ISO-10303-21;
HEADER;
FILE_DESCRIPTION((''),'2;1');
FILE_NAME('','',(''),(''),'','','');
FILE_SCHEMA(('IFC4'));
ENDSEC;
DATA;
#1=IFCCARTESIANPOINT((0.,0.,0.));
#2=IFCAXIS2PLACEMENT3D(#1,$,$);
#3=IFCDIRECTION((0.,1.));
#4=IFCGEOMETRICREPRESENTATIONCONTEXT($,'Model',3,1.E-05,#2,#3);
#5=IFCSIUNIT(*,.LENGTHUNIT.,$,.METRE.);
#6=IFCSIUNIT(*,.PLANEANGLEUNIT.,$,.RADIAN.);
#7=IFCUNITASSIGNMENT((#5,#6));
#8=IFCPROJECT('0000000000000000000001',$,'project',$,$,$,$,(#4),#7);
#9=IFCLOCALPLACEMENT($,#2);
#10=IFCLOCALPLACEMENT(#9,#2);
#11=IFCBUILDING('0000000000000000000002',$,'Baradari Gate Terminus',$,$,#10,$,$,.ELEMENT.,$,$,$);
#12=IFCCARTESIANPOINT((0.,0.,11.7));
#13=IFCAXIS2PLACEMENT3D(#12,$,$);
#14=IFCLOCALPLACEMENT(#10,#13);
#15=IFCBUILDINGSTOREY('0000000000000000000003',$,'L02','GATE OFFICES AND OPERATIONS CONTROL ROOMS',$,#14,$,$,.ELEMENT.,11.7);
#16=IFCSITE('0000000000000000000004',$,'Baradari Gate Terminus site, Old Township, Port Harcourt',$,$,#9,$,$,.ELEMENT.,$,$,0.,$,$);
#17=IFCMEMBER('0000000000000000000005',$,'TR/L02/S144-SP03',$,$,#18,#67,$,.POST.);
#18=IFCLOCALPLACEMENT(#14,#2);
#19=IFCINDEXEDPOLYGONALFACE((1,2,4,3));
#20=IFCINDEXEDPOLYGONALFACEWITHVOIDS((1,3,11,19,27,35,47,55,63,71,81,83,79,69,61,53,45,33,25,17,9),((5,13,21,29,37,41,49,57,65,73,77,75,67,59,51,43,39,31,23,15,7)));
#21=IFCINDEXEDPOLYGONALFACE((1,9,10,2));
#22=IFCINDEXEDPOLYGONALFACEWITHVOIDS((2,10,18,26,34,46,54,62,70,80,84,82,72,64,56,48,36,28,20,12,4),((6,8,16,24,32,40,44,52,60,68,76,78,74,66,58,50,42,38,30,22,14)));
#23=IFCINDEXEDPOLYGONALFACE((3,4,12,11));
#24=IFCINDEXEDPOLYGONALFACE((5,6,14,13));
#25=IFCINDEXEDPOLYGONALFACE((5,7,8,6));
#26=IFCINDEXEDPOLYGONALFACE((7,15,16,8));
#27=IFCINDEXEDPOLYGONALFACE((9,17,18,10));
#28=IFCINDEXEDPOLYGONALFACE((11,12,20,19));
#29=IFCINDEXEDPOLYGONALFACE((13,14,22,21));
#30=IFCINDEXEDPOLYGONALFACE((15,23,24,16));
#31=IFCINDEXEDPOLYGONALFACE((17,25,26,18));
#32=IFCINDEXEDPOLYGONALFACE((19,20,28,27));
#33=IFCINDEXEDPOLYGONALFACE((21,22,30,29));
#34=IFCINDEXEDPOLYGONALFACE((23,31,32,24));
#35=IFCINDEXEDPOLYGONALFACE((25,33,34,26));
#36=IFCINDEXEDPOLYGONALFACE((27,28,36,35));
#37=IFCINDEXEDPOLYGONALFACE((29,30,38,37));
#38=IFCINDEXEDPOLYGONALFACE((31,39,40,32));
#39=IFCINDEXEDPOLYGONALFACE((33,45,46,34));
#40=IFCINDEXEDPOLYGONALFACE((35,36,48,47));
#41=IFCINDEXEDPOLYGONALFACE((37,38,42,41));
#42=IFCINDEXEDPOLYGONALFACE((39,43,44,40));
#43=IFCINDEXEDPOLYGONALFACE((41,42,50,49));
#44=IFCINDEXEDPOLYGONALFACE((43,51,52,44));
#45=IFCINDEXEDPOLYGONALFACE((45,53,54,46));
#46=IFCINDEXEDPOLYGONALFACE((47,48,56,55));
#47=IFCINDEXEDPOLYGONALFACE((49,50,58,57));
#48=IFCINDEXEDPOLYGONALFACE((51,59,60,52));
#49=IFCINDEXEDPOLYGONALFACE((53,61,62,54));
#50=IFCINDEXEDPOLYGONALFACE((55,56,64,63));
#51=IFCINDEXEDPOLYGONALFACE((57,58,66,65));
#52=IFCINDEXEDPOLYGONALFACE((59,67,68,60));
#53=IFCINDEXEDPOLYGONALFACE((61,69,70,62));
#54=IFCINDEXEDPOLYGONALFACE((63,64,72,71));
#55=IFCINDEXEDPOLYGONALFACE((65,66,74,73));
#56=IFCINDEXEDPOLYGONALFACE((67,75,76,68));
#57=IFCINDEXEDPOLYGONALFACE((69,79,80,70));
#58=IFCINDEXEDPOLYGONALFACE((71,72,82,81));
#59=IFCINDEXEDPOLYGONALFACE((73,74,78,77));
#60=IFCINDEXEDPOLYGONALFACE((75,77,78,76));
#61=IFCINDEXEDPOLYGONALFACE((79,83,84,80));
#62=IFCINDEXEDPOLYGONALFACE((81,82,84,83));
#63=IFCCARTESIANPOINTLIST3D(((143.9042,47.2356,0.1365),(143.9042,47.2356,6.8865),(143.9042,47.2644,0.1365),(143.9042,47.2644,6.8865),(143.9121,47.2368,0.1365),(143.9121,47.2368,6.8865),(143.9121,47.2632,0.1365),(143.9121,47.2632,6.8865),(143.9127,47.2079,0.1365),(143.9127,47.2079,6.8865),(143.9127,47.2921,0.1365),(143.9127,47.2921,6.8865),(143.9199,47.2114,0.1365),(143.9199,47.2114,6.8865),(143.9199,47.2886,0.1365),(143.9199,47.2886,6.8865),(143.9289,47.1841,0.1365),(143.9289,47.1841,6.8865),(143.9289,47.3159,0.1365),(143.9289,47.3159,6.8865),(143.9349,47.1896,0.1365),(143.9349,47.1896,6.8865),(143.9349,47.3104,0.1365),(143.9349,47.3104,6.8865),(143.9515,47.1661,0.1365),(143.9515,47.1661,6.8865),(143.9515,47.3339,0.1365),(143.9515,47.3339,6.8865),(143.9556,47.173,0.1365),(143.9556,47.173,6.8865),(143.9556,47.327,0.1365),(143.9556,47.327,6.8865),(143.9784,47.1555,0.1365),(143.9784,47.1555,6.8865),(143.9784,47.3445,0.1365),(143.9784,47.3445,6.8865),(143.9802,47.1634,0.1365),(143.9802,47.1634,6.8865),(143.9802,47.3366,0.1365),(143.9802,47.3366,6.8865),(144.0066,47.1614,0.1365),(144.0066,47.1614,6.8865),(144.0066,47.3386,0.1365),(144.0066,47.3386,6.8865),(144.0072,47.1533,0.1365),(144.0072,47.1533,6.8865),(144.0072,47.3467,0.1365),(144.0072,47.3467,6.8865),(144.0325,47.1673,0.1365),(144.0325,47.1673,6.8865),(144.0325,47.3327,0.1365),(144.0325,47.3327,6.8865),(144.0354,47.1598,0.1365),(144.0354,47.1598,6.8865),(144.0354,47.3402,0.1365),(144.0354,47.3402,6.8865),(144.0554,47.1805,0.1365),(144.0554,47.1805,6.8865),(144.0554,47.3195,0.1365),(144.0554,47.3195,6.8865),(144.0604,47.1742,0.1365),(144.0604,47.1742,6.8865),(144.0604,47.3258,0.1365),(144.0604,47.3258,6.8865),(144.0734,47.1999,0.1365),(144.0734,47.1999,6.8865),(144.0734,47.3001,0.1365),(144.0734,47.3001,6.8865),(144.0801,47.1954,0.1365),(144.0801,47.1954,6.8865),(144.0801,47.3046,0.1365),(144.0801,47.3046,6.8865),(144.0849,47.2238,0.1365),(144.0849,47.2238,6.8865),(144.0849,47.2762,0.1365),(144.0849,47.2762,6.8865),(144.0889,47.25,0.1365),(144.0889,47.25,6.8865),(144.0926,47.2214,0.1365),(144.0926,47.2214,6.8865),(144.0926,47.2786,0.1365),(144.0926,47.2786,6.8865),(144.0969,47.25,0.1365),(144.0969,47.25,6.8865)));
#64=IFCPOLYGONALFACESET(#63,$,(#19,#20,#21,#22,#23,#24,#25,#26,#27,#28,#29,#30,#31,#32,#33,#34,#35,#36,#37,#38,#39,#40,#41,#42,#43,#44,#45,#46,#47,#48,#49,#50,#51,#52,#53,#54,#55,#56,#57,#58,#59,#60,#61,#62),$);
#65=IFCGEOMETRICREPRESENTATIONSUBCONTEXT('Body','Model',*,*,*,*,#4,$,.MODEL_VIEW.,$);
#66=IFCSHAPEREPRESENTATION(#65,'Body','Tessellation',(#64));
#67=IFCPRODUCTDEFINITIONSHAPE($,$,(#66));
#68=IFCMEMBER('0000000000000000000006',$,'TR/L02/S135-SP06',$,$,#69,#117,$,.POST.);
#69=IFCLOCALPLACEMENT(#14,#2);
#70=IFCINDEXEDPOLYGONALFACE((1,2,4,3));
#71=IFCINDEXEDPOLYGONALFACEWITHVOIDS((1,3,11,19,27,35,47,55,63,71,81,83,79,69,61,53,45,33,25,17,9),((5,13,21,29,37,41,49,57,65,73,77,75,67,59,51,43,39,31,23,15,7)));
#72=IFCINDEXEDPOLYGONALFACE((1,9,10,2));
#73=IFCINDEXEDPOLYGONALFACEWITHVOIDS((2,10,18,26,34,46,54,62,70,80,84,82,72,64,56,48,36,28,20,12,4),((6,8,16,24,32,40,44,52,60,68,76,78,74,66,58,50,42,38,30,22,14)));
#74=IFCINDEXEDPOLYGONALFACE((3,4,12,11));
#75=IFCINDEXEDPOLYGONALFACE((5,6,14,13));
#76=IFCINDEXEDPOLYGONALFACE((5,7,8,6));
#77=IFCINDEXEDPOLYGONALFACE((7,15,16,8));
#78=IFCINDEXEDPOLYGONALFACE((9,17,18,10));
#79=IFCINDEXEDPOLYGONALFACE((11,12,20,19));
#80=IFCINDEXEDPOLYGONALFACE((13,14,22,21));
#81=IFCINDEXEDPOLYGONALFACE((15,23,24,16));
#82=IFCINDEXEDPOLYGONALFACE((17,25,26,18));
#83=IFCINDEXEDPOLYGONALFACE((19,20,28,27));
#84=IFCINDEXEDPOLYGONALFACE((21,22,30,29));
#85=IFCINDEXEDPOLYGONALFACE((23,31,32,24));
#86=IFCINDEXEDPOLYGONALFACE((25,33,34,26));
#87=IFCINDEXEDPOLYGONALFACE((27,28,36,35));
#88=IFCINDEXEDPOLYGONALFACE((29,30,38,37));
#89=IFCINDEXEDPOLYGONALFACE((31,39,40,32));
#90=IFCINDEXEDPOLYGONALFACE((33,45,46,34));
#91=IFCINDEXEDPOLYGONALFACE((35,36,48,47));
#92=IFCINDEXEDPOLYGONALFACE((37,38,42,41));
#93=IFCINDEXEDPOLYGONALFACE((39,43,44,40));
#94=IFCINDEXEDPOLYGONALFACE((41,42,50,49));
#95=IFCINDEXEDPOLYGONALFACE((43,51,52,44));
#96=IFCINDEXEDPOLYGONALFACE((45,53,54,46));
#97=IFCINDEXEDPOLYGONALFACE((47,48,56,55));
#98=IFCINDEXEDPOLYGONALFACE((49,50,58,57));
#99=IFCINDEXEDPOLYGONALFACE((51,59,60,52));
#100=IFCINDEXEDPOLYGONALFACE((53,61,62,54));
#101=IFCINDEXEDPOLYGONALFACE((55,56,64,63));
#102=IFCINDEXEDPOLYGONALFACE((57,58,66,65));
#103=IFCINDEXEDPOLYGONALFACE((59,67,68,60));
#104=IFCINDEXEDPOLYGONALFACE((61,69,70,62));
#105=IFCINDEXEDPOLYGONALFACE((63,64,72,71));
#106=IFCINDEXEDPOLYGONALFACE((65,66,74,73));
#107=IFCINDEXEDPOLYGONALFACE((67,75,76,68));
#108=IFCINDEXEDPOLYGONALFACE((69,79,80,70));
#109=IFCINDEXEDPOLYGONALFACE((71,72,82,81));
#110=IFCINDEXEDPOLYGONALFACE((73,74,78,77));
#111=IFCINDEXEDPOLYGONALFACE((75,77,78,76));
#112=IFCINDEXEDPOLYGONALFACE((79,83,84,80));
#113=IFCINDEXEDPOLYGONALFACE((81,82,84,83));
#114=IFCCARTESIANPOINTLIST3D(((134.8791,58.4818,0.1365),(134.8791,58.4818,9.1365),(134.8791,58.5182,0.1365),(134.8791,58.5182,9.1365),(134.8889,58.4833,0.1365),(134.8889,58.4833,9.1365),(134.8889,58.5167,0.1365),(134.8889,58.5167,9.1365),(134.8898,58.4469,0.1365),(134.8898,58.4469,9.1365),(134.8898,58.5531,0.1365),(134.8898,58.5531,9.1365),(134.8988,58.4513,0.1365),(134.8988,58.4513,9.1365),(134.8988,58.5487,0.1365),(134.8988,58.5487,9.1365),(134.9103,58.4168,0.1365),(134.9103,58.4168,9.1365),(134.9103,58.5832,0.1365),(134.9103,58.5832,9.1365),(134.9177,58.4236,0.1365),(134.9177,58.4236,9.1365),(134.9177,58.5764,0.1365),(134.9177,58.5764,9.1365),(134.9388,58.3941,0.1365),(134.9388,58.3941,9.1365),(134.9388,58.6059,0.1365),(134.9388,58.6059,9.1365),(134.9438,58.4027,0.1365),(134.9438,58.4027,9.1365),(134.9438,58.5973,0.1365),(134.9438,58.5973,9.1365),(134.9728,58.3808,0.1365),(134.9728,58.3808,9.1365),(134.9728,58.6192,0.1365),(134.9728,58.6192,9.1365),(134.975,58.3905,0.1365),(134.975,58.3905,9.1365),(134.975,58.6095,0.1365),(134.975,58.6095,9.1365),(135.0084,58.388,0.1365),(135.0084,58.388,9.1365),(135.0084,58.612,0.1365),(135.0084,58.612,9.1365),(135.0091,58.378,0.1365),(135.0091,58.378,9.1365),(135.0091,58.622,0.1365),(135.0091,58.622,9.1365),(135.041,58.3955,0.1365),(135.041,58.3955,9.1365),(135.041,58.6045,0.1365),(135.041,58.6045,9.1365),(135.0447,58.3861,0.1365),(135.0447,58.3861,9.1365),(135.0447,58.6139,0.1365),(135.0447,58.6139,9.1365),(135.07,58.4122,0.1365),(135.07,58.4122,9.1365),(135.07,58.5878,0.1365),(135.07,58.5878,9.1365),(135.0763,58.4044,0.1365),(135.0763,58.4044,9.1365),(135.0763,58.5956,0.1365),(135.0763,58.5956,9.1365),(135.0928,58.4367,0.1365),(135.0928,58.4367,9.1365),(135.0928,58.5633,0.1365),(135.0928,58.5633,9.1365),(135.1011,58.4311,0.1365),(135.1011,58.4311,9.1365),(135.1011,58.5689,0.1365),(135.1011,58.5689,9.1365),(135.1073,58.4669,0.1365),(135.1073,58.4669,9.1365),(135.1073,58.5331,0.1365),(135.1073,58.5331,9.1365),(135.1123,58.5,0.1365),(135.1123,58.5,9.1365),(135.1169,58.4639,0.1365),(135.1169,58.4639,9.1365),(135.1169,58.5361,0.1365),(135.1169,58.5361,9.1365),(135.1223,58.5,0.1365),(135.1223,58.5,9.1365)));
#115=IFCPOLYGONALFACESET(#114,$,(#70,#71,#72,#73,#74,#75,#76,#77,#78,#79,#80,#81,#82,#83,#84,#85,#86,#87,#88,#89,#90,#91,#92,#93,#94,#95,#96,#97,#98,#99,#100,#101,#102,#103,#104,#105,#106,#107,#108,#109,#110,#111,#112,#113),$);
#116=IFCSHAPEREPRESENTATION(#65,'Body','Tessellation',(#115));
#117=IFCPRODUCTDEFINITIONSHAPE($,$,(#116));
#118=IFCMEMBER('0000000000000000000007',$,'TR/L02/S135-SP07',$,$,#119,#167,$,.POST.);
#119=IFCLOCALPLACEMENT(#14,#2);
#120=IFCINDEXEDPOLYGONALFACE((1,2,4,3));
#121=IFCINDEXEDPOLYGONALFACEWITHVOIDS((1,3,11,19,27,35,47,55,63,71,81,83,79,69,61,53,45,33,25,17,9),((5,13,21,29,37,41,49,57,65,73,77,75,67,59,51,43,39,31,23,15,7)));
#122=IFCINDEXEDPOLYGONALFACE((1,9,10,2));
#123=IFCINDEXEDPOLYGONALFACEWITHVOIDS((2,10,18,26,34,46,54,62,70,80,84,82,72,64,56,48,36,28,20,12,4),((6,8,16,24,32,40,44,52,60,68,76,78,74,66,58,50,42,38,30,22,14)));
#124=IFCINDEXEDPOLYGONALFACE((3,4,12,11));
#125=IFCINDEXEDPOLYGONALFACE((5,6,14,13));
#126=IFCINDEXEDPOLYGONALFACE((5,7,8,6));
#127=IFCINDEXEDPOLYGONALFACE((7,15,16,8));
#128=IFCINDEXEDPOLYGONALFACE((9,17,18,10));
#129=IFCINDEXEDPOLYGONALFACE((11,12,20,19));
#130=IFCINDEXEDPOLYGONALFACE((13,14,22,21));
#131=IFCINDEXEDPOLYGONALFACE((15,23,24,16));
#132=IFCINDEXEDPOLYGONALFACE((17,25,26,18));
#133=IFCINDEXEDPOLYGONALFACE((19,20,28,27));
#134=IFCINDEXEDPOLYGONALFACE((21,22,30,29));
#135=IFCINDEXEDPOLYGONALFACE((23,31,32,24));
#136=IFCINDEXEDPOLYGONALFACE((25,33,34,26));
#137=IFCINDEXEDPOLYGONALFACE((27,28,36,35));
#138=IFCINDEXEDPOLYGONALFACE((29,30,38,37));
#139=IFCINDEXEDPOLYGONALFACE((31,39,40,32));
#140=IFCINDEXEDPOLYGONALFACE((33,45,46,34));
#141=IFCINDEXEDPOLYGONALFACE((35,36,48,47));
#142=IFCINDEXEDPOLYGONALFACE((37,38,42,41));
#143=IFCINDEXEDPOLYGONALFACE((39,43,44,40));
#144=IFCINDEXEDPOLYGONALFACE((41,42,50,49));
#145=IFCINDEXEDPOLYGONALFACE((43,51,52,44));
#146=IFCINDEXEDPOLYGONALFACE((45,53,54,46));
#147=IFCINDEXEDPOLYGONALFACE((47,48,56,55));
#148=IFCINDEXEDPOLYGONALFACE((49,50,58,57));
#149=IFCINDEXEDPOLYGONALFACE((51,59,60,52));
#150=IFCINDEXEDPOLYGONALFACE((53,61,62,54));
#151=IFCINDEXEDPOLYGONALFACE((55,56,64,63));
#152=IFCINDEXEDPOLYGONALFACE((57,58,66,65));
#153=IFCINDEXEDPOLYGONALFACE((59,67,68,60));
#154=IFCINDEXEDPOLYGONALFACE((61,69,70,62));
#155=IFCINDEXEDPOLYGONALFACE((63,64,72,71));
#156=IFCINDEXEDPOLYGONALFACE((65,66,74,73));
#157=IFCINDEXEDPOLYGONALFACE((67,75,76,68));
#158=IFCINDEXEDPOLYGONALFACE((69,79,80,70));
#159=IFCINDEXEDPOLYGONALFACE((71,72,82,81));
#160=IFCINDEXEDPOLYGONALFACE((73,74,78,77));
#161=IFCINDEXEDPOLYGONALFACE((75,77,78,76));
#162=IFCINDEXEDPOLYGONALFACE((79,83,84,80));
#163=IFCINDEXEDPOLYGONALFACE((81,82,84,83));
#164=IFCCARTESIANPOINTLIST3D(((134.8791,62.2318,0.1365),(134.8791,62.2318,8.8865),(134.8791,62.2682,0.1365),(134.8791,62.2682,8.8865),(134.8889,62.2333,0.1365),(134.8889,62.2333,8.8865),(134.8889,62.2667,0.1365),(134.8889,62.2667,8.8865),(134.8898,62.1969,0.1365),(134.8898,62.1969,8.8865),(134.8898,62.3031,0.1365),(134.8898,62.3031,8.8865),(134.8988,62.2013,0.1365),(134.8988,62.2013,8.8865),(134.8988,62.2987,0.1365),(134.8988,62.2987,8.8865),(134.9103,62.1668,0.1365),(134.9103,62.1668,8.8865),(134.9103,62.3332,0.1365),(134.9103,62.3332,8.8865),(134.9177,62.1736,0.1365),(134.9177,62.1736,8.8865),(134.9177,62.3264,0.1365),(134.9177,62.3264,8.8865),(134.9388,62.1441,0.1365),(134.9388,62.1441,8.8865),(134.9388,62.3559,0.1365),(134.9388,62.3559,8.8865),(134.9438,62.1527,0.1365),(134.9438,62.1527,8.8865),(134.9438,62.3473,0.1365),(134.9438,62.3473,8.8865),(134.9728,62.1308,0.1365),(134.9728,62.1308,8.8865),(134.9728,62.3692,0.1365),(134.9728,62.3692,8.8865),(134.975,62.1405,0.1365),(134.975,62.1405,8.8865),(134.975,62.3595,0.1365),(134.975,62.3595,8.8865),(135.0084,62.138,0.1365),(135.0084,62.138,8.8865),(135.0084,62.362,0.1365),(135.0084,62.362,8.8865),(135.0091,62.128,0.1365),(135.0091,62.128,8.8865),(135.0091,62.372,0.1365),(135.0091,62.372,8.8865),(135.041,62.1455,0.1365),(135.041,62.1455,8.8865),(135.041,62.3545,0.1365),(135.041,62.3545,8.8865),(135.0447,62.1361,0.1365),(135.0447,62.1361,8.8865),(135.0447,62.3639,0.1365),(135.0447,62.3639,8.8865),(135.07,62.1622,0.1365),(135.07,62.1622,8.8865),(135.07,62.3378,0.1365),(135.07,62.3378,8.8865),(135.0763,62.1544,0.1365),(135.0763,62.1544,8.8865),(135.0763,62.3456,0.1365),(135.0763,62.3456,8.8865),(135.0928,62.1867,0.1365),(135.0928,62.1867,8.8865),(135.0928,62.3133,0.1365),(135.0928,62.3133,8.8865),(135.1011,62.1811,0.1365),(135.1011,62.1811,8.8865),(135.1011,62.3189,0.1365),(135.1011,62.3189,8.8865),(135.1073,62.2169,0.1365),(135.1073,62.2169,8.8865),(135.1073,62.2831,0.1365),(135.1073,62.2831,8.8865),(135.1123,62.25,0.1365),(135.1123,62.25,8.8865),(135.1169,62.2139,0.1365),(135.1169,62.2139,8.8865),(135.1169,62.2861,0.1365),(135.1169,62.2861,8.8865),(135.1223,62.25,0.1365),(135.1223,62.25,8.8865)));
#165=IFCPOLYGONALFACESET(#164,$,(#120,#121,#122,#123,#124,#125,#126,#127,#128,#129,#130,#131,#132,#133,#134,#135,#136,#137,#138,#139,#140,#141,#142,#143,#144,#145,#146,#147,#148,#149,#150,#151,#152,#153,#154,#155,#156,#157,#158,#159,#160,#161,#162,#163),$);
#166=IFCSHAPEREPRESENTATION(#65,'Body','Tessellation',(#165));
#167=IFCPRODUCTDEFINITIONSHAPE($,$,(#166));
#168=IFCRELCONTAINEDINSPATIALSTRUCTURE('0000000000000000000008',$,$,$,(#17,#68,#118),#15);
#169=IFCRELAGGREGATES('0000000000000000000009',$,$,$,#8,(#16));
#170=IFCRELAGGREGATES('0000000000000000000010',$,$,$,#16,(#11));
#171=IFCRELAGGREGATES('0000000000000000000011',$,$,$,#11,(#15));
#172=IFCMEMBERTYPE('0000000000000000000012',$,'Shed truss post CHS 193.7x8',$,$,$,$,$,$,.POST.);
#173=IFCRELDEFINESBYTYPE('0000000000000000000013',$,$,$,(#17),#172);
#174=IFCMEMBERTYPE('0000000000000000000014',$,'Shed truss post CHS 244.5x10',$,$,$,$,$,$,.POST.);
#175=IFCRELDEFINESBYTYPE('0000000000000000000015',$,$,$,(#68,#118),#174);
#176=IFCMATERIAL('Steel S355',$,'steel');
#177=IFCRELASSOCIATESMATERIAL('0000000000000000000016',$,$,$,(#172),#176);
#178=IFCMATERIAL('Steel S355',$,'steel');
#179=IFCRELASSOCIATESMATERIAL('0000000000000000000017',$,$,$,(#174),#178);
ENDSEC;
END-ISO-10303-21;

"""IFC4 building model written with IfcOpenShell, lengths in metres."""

from ifc_helpers import new_model, si_unit, direction, frame, origin, origin_2d, place, context, subcontext, project, spatial, hollow_circle, extrude, material, material_profile, profile_set, type_object, element, save


model = new_model("IFC4")

# Units and contexts
model_context = context("Model", 3, precision=1e-05, world=origin(), true_north=direction((0.0, 1.0)))
body_context = subcontext(model_context, "Body", "Model", "MODEL_VIEW")
ifc_project = project(units=[si_unit("LENGTHUNIT", "METRE"), si_unit("PLANEANGLEUNIT", "RADIAN")], contexts=[model_context])

# Site, building, storey
site_placement = place(None, origin())
site = spatial("IfcSite", under=ifc_project, at=site_placement, Name="Baradari Gate Terminus site, Old Township, Port Harcourt", CompositionType="ELEMENT", RefElevation=0.0)
building_placement = place(site_placement, origin())
building = spatial("IfcBuilding", under=site, at=building_placement, Name="Baradari Gate Terminus", CompositionType="ELEMENT")
storey_placement = place(building_placement, frame((0.0, 0.0, 11.7)))
storey = spatial("IfcBuildingStorey", under=building, at=storey_placement, Name="L02", Description="GATE OFFICES AND OPERATIONS CONTROL ROOMS", CompositionType="ELEMENT", Elevation=11.7)

# Members
ifc_material_1 = material(Name="Steel S355", Category="steel")
ifc_material_profile_1 = material_profile(ifc_material_1, hollow_circle(Radius=0.0969, WallThickness=0.0081, at=origin_2d()), Name="CHS 193.7x8")
ifc_profile_set_1 = profile_set([ifc_material_profile_1], Name="Steel S355")
member_type_1 = type_object("IfcMemberType", Name="Shed truss post CHS 193.7x8", PredefinedType="POST", material=ifc_profile_set_1)
for number, where, z_axis, x_axis, name in (
    (1, (144.0, 47.25, 0.1365), (0.0, 0.0, 1.0), (1.0, 0.0, 0.0), "TR/L02/S144-SP03"),
):
    element("IfcMember", number, at=place(storey_placement, frame(where, z_axis=z_axis, x_axis=x_axis)), inside=storey, type_object=member_type_1, Name=name, PredefinedType="POST", context=body_context, shape_type="SweptSolid", body=[
        extrude(hollow_circle(Radius=0.0969, WallThickness=0.0081, at=origin_2d()), origin(), (0.0, 0.0, 1.0), 6.75),
    ])
ifc_material_2 = material(Name="Steel S355", Category="steel")
ifc_material_profile_2 = material_profile(ifc_material_2, hollow_circle(Radius=0.1223, WallThickness=0.01, at=origin_2d()), Name="CHS 244.5x10")
ifc_profile_set_2 = profile_set([ifc_material_profile_2], Name="Steel S355")
member_type_2 = type_object("IfcMemberType", Name="Shed truss post CHS 244.5x10", PredefinedType="POST", material=ifc_profile_set_2)
member_1_placement = place(storey_placement, frame((135.0, 58.5, 0.1365), z_axis=(0.0, 0.0, 1.0), x_axis=(1.0, 0.0, 0.0)))
element("IfcMember", 2, at=member_1_placement, inside=storey, type_object=member_type_2, Name="TR/L02/S135-SP06", PredefinedType="POST", context=body_context, shape_type="SweptSolid", body=[
    extrude(hollow_circle(Radius=0.1223, WallThickness=0.01, at=origin_2d()), origin(), (0.0, 0.0, 1.0), 9.0),
])
member_2_placement = place(storey_placement, frame((135.0, 62.25, 0.1365), z_axis=(0.0, 0.0, 1.0), x_axis=(1.0, 0.0, 0.0)))
element("IfcMember", 3, at=member_2_placement, inside=storey, type_object=member_type_2, Name="TR/L02/S135-SP07", PredefinedType="POST", context=body_context, shape_type="SweptSolid", body=[
    extrude(hollow_circle(Radius=0.1223, WallThickness=0.01, at=origin_2d()), origin(), (0.0, 0.0, 1.0), 8.75),
])

save(model, "model.ifc")
